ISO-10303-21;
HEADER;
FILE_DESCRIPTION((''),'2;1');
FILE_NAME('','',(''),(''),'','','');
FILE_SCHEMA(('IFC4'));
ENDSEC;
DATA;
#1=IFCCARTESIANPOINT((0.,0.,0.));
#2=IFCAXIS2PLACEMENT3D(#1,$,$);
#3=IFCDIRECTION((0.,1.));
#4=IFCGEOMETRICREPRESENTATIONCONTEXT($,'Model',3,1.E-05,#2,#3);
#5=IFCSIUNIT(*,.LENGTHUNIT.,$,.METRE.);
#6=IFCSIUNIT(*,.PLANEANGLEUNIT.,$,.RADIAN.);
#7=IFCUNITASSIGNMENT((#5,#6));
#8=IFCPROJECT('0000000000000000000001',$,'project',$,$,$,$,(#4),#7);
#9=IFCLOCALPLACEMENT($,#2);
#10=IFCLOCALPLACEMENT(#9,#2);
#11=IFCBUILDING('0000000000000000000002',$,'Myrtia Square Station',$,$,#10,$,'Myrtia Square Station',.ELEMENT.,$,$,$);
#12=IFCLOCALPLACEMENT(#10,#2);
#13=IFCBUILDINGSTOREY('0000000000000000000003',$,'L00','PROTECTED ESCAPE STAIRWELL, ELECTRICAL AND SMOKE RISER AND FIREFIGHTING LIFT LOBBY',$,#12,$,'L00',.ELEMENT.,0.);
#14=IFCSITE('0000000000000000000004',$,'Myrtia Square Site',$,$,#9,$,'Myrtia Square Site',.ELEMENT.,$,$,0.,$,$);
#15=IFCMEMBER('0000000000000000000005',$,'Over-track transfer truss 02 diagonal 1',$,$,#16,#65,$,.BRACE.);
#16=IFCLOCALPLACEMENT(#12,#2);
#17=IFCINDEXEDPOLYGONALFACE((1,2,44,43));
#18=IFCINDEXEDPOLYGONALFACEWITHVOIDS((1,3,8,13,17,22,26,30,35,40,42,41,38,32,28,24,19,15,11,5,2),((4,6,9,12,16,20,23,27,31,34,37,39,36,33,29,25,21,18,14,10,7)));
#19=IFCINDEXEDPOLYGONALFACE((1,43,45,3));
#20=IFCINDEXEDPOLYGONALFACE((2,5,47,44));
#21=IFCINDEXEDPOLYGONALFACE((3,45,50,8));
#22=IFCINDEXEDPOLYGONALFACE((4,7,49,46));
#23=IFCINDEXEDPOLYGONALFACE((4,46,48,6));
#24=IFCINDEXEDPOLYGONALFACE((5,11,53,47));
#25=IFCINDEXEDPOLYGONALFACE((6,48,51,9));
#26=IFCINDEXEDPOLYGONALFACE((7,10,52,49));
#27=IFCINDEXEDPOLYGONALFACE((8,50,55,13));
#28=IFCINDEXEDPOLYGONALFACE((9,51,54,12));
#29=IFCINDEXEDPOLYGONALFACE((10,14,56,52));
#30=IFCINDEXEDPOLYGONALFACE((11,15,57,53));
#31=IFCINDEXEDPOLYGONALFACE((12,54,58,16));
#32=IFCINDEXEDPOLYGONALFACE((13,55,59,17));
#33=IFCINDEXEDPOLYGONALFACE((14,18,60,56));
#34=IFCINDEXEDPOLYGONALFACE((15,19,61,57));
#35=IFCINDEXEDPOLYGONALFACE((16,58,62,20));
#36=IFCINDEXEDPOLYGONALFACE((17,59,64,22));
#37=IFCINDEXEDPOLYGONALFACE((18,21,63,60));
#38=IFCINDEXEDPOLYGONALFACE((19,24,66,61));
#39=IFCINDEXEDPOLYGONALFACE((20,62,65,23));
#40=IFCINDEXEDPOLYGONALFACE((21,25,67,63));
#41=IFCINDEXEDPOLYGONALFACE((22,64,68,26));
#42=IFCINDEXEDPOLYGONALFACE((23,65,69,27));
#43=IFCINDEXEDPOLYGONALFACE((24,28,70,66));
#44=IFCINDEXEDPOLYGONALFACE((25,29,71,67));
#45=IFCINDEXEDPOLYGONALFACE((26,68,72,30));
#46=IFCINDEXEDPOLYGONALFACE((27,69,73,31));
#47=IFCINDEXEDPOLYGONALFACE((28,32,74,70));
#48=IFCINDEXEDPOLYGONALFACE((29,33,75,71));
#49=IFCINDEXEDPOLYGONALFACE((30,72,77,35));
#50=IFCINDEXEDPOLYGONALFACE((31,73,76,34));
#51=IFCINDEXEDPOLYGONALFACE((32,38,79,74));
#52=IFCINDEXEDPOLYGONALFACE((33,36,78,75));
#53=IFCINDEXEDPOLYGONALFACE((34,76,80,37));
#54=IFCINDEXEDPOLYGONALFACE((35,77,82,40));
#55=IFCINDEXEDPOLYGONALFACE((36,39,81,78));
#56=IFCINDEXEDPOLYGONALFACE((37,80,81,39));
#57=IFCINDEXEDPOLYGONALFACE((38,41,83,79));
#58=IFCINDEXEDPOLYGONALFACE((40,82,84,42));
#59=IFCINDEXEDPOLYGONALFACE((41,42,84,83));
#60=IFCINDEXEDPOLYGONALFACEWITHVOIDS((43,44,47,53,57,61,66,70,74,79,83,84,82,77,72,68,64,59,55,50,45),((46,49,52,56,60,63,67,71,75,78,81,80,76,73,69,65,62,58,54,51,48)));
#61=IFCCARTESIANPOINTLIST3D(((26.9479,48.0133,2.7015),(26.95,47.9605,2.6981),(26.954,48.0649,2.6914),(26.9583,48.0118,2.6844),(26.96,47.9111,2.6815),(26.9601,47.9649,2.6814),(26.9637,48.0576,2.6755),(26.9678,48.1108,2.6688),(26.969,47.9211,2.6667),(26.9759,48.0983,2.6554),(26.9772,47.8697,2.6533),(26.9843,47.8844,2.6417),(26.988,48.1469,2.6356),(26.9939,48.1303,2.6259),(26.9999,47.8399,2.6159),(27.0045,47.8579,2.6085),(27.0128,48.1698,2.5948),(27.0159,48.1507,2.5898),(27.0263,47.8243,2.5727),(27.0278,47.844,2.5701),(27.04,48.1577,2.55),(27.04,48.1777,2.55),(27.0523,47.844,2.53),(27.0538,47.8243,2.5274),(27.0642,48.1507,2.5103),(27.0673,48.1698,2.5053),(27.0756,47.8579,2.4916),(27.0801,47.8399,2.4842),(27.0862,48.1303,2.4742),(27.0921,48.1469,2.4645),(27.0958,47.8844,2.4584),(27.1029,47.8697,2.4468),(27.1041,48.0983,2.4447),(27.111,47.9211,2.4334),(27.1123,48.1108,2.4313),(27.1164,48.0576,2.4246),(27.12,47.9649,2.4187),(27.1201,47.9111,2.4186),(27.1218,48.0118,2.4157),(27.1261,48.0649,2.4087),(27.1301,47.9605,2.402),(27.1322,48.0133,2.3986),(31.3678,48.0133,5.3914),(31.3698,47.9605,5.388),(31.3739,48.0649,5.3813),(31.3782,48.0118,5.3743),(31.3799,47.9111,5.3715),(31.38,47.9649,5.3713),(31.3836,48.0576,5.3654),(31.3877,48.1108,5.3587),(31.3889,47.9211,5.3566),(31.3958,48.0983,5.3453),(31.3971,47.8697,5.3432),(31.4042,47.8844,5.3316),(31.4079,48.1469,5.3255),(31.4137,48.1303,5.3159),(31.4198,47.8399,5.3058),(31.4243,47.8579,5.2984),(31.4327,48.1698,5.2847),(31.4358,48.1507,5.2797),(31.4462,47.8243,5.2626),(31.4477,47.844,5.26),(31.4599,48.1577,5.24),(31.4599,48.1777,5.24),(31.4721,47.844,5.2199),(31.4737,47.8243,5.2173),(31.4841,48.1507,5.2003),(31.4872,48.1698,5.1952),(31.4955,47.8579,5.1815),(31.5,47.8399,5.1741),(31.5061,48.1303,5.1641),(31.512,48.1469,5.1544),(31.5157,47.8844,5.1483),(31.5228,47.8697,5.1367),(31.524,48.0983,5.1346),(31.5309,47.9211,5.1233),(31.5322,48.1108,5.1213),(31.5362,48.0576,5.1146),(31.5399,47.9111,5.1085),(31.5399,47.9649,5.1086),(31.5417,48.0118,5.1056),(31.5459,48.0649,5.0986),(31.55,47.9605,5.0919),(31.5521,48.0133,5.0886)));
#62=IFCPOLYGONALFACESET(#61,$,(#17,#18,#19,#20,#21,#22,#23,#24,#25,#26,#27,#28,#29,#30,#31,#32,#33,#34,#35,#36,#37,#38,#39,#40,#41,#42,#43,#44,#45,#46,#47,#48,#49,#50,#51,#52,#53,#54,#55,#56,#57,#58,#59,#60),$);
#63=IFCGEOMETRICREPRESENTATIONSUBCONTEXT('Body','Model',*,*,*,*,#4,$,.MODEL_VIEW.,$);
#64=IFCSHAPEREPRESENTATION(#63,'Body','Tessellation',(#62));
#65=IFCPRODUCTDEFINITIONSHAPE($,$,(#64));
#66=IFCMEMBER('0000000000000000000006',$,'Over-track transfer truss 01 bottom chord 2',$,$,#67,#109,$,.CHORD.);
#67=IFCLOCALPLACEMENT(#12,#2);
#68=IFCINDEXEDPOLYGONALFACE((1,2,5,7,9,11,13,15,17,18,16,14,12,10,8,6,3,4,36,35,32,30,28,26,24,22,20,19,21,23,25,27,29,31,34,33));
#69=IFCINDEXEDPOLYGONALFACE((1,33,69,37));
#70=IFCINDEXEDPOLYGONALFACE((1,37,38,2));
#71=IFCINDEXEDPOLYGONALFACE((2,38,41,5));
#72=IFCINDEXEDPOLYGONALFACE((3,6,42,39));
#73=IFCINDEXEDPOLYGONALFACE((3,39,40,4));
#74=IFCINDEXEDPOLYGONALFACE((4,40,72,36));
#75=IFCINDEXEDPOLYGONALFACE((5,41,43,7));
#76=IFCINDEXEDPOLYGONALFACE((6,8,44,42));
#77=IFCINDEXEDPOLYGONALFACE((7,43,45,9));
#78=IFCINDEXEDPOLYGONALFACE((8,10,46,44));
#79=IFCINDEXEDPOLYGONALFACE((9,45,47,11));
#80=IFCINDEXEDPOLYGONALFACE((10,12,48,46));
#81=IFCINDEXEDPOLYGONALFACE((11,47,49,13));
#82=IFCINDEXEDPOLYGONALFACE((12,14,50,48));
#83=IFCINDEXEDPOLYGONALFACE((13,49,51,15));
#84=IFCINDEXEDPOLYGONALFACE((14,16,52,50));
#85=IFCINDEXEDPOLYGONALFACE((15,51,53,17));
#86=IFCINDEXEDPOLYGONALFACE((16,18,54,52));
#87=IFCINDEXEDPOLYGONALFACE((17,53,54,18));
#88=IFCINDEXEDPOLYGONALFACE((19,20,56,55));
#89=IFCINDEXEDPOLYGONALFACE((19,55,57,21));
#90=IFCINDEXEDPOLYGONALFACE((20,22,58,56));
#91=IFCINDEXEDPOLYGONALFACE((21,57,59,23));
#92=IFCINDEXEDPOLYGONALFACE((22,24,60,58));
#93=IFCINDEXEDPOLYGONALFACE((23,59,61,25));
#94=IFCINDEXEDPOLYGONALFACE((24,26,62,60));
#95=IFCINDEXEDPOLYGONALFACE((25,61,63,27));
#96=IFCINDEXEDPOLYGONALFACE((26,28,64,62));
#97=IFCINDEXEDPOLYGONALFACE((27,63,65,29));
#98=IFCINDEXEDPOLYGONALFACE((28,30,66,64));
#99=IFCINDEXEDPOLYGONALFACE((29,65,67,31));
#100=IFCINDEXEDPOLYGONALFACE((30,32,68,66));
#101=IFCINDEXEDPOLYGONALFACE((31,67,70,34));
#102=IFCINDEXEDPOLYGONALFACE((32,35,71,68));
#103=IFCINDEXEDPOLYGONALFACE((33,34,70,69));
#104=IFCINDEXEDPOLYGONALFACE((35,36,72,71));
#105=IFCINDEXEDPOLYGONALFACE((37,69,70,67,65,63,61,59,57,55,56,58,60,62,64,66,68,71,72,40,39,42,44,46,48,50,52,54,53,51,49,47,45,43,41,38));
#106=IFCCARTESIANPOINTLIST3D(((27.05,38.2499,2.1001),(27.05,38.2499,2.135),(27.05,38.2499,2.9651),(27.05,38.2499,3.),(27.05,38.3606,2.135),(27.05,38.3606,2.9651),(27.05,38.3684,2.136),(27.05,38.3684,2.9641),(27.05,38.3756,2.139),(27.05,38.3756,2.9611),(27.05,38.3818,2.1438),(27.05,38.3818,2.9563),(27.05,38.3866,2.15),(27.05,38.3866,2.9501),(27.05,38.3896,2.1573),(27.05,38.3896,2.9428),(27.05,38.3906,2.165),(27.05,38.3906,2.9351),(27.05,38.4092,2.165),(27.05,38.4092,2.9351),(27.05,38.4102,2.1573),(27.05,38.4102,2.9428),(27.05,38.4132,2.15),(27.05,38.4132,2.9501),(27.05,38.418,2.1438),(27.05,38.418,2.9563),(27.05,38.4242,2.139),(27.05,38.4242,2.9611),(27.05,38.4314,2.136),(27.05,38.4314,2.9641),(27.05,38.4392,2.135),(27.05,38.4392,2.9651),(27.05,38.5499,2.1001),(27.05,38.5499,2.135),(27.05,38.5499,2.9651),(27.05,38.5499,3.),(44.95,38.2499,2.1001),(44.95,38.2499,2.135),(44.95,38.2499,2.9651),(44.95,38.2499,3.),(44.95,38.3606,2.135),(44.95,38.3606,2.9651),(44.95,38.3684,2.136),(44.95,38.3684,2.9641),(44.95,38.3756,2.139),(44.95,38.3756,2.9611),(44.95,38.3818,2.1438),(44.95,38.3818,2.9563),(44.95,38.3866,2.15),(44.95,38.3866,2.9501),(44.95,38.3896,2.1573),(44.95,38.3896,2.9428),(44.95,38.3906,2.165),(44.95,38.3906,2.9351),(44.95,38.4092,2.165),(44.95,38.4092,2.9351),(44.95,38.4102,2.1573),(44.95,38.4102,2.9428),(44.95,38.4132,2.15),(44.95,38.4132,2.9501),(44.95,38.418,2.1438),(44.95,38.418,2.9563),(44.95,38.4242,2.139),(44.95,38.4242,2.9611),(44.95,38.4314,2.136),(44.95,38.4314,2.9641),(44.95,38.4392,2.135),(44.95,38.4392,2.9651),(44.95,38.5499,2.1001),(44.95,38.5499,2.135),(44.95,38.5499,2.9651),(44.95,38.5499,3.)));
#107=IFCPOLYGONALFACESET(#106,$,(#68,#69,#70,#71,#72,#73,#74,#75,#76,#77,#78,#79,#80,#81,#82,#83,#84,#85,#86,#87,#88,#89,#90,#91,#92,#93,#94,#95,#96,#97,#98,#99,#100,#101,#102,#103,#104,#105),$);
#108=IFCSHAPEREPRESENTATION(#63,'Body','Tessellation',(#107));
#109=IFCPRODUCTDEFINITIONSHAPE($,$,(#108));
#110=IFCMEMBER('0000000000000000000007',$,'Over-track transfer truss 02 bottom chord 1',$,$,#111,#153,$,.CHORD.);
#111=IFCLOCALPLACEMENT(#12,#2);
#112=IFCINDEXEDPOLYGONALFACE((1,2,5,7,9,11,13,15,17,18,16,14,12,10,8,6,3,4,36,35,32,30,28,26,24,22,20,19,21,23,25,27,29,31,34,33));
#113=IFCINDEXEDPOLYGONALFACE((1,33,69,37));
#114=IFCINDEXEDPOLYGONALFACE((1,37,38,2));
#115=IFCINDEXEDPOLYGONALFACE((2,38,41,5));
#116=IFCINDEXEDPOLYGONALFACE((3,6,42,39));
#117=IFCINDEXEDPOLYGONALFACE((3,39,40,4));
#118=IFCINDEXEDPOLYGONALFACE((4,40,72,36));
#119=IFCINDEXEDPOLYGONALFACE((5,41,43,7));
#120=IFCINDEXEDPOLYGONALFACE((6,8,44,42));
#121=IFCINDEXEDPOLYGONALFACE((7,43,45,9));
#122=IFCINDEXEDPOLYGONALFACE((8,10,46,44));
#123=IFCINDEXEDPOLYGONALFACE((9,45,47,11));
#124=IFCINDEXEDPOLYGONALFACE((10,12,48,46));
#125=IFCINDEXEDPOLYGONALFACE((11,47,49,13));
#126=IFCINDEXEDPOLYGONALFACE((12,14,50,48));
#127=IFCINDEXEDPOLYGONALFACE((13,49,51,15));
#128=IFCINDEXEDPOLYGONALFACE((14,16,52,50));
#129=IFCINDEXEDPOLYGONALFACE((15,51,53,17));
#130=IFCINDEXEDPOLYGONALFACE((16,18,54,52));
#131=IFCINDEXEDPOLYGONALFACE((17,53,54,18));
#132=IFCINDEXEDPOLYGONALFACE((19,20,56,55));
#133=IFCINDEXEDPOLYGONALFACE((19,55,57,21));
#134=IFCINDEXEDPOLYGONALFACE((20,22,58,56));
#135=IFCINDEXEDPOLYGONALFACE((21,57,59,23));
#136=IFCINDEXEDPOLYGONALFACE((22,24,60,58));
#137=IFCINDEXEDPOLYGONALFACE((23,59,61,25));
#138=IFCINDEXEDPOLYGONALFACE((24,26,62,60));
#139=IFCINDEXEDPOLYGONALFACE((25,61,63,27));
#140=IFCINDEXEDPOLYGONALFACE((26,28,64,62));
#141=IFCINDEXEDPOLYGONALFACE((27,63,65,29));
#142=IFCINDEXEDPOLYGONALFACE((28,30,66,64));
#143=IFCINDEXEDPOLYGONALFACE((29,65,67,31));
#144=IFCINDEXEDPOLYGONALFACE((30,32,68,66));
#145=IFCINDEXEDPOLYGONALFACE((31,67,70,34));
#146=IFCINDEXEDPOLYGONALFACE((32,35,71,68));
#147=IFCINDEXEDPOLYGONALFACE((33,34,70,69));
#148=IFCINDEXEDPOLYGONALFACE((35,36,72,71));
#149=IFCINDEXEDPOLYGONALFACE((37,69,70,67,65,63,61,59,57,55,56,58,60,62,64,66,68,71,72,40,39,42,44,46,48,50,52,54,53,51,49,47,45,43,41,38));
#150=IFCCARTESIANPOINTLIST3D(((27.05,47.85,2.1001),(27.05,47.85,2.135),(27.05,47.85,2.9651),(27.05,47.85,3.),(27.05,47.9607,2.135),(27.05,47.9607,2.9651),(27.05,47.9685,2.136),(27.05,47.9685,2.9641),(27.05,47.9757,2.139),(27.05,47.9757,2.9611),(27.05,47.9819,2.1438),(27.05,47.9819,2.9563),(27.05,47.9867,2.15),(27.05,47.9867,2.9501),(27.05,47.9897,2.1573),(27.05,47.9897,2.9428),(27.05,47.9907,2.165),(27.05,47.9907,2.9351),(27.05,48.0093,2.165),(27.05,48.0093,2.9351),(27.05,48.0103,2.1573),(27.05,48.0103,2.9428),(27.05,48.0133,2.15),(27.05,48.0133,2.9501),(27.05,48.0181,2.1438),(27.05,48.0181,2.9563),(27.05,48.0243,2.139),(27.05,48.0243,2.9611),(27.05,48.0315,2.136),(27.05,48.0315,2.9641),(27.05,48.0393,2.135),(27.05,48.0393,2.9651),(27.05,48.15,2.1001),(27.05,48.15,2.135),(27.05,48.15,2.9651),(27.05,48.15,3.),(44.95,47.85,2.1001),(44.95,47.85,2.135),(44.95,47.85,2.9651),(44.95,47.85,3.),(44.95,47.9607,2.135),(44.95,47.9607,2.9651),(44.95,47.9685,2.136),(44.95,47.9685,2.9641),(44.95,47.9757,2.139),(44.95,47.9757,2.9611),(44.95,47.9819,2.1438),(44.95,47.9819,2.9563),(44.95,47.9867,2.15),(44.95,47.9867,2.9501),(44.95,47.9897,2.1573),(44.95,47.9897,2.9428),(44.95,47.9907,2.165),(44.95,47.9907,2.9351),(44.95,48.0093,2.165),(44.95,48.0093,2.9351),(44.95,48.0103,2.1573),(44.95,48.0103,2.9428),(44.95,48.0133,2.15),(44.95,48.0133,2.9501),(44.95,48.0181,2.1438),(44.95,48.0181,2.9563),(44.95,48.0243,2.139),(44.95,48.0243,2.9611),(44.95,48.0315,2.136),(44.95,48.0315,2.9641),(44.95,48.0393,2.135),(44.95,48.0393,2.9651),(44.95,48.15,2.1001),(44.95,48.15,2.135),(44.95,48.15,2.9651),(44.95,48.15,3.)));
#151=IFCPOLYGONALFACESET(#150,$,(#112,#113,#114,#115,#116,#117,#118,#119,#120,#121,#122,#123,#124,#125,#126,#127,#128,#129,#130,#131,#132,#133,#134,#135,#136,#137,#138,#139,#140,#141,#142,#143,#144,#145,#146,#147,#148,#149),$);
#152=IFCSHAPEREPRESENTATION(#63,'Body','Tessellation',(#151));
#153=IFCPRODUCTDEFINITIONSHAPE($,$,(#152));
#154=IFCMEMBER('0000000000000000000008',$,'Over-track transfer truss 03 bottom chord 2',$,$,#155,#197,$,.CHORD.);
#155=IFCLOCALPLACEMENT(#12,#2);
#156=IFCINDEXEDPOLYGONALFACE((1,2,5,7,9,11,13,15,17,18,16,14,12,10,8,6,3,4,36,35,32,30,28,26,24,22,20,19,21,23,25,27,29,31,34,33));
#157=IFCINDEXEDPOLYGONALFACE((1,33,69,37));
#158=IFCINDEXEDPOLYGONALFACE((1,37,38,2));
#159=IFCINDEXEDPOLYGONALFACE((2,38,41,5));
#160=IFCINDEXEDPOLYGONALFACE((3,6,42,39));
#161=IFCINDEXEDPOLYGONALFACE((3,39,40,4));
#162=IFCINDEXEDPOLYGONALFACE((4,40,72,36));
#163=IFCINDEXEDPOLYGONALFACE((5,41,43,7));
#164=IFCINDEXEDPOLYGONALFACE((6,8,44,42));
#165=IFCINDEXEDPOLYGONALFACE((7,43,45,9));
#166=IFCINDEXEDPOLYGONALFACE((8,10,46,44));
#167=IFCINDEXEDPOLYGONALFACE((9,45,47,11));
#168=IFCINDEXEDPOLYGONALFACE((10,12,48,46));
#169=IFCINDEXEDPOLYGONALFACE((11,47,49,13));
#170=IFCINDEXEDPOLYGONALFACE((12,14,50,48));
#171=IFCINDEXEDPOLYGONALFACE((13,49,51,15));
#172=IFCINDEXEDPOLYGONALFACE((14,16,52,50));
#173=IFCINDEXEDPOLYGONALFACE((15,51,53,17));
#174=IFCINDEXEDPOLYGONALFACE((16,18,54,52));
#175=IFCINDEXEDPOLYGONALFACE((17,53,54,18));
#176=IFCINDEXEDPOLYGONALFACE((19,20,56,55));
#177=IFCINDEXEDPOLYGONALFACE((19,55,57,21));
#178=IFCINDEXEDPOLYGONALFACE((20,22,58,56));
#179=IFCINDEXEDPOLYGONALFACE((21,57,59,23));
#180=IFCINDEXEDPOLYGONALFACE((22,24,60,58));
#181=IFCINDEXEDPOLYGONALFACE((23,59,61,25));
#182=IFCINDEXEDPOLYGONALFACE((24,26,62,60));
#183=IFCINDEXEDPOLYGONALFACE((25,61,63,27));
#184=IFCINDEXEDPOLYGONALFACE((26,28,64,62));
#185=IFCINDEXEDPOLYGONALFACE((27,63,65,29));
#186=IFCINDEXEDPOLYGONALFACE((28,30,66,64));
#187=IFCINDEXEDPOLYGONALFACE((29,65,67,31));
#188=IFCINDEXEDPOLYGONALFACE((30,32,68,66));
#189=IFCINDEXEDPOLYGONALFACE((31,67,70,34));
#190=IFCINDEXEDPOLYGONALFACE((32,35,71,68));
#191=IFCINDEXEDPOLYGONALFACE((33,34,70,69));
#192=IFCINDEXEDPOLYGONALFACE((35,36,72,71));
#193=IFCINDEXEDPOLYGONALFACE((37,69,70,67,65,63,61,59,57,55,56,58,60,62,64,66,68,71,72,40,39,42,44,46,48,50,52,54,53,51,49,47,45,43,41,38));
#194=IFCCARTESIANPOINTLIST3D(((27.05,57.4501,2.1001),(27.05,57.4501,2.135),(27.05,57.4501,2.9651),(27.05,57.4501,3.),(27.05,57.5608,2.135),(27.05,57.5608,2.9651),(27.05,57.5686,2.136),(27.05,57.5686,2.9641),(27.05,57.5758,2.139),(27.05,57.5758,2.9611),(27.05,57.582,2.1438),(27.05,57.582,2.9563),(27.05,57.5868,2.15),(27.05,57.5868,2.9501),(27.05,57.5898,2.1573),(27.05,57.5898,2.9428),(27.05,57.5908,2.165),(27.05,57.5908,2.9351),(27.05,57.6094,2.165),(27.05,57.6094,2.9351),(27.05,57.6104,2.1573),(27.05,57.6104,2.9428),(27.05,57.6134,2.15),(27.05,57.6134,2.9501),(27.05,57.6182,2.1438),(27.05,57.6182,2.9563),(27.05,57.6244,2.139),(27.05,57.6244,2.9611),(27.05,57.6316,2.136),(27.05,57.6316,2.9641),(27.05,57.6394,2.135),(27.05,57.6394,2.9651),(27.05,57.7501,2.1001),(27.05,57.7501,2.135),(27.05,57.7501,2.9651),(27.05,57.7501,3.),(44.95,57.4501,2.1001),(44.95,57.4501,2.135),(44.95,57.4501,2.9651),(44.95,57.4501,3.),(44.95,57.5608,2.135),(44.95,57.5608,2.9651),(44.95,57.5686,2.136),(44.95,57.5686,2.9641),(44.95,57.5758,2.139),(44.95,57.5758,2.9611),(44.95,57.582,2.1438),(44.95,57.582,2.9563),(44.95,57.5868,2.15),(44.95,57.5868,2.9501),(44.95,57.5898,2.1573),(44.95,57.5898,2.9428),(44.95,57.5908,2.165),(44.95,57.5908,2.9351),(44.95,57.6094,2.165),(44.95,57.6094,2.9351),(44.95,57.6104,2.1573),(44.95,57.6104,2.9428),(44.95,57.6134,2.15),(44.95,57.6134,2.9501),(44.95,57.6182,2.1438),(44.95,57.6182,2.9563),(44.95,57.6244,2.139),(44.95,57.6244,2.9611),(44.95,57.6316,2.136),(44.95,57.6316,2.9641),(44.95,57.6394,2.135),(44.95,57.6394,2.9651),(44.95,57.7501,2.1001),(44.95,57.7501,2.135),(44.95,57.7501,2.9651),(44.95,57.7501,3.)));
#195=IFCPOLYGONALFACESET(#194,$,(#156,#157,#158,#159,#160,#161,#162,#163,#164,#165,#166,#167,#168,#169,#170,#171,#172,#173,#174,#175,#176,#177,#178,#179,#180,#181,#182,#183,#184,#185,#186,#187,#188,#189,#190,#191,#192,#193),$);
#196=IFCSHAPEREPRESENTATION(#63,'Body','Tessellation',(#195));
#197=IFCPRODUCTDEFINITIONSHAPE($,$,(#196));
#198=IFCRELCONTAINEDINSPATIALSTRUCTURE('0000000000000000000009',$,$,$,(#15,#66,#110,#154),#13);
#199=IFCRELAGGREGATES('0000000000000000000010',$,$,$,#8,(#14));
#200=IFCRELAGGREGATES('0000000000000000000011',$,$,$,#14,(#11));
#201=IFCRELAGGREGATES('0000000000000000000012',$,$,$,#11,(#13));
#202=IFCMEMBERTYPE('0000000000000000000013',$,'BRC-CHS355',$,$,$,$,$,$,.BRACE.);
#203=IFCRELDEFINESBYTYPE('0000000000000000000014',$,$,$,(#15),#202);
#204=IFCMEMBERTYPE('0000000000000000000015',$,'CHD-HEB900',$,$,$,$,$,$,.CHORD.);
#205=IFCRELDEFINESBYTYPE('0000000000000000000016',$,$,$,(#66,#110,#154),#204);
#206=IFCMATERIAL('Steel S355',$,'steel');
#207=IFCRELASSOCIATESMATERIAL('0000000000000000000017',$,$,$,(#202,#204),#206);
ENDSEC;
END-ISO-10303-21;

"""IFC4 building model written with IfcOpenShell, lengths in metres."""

from ifc_helpers import new_model, si_unit, direction, frame, origin, origin_2d, place, context, subcontext, project, spatial, hollow_circle, i_section, extrude, material, material_profile, profile_set, type_object, element, save


model = new_model("IFC4")

# Units and contexts
model_context = context("Model", 3, precision=1e-05, world=origin(), true_north=direction((0.0, 1.0)))
body_context = subcontext(model_context, "Body", "Model", "MODEL_VIEW")
ifc_project = project(units=[si_unit("LENGTHUNIT", "METRE"), si_unit("PLANEANGLEUNIT", "RADIAN")], contexts=[model_context])

# Site, building, storey
site_placement = place(None, origin())
site = spatial("IfcSite", under=ifc_project, at=site_placement, Name="Myrtia Square Site", LongName="Myrtia Square Site", CompositionType="ELEMENT", RefElevation=0.0)
building_placement = place(site_placement, origin())
building = spatial("IfcBuilding", under=site, at=building_placement, Name="Myrtia Square Station", LongName="Myrtia Square Station", CompositionType="ELEMENT")
storey_placement = place(building_placement, origin())
storey = spatial("IfcBuildingStorey", under=building, at=storey_placement, Name="L00", Description="PROTECTED ESCAPE STAIRWELL, ELECTRICAL AND SMOKE RISER AND FIREFIGHTING LIFT LOBBY", LongName="L00", CompositionType="ELEMENT", Elevation=0.0)

# Members
ifc_material_1 = material(Name="Steel S355", Category="steel")
ifc_material_profile_1 = material_profile(ifc_material_1, hollow_circle(Radius=0.1777, WallThickness=0.02, at=origin_2d()), Name="CHS 355.6x20")
ifc_profile_set_1 = profile_set([ifc_material_profile_1], Name="Steel S355")
member_type_1 = type_object("IfcMemberType", Name="BRC-CHS355", PredefinedType="BRACE", material=ifc_profile_set_1)
member_placement = place(storey_placement, frame((27.04, 48.0, 2.55), z_axis=(0.854237, 0.0, 0.519884), x_axis=(0.0, 1.0, 0.0)))
element("IfcMember", 1, at=member_placement, inside=storey, type_object=member_type_1, Name="Over-track transfer truss 02 diagonal 1", PredefinedType="BRACE", context=body_context, shape_type="SweptSolid", body=[
    extrude(hollow_circle(Radius=0.1777, WallThickness=0.02, at=origin_2d()), origin(), (0.0, 0.0, 1.0), 5.1741),
])
ifc_material_profile_2 = material_profile(ifc_material_1, i_section(OverallWidth=0.3, OverallDepth=0.8999, WebThickness=0.0186, FlangeThickness=0.0349, FilletRadius=0.03, at=origin_2d()), Name="HEB 900")
ifc_profile_set_2 = profile_set([ifc_material_profile_2], Name="Steel S355")
member_type_2 = type_object("IfcMemberType", Name="CHD-HEB900", PredefinedType="CHORD", material=ifc_profile_set_2)
for number, where, z_axis, x_axis, name in (
    (2, (27.05, 38.3999, 2.55), (1.0, 0.0, 0.0), (0.0, 1.0, 0.0), "Over-track transfer truss 01 bottom chord 2"),
    (3, (27.05, 48.0, 2.55), (1.0, 0.0, 0.0), (0.0, 1.0, 0.0), "Over-track transfer truss 02 bottom chord 1"),
    (4, (27.05, 57.6001, 2.55), (1.0, 0.0, 0.0), (0.0, 1.0, 0.0), "Over-track transfer truss 03 bottom chord 2"),
):
    element("IfcMember", number, at=place(storey_placement, frame(where, z_axis=z_axis, x_axis=x_axis)), inside=storey, type_object=member_type_2, Name=name, PredefinedType="CHORD", context=body_context, shape_type="SweptSolid", body=[
        extrude(i_section(OverallWidth=0.3, OverallDepth=0.8999, WebThickness=0.0186, FlangeThickness=0.0349, FilletRadius=0.03, at=origin_2d()), origin(), (0.0, 0.0, 1.0), 17.8999),
    ])

save(model, "model.ifc")
